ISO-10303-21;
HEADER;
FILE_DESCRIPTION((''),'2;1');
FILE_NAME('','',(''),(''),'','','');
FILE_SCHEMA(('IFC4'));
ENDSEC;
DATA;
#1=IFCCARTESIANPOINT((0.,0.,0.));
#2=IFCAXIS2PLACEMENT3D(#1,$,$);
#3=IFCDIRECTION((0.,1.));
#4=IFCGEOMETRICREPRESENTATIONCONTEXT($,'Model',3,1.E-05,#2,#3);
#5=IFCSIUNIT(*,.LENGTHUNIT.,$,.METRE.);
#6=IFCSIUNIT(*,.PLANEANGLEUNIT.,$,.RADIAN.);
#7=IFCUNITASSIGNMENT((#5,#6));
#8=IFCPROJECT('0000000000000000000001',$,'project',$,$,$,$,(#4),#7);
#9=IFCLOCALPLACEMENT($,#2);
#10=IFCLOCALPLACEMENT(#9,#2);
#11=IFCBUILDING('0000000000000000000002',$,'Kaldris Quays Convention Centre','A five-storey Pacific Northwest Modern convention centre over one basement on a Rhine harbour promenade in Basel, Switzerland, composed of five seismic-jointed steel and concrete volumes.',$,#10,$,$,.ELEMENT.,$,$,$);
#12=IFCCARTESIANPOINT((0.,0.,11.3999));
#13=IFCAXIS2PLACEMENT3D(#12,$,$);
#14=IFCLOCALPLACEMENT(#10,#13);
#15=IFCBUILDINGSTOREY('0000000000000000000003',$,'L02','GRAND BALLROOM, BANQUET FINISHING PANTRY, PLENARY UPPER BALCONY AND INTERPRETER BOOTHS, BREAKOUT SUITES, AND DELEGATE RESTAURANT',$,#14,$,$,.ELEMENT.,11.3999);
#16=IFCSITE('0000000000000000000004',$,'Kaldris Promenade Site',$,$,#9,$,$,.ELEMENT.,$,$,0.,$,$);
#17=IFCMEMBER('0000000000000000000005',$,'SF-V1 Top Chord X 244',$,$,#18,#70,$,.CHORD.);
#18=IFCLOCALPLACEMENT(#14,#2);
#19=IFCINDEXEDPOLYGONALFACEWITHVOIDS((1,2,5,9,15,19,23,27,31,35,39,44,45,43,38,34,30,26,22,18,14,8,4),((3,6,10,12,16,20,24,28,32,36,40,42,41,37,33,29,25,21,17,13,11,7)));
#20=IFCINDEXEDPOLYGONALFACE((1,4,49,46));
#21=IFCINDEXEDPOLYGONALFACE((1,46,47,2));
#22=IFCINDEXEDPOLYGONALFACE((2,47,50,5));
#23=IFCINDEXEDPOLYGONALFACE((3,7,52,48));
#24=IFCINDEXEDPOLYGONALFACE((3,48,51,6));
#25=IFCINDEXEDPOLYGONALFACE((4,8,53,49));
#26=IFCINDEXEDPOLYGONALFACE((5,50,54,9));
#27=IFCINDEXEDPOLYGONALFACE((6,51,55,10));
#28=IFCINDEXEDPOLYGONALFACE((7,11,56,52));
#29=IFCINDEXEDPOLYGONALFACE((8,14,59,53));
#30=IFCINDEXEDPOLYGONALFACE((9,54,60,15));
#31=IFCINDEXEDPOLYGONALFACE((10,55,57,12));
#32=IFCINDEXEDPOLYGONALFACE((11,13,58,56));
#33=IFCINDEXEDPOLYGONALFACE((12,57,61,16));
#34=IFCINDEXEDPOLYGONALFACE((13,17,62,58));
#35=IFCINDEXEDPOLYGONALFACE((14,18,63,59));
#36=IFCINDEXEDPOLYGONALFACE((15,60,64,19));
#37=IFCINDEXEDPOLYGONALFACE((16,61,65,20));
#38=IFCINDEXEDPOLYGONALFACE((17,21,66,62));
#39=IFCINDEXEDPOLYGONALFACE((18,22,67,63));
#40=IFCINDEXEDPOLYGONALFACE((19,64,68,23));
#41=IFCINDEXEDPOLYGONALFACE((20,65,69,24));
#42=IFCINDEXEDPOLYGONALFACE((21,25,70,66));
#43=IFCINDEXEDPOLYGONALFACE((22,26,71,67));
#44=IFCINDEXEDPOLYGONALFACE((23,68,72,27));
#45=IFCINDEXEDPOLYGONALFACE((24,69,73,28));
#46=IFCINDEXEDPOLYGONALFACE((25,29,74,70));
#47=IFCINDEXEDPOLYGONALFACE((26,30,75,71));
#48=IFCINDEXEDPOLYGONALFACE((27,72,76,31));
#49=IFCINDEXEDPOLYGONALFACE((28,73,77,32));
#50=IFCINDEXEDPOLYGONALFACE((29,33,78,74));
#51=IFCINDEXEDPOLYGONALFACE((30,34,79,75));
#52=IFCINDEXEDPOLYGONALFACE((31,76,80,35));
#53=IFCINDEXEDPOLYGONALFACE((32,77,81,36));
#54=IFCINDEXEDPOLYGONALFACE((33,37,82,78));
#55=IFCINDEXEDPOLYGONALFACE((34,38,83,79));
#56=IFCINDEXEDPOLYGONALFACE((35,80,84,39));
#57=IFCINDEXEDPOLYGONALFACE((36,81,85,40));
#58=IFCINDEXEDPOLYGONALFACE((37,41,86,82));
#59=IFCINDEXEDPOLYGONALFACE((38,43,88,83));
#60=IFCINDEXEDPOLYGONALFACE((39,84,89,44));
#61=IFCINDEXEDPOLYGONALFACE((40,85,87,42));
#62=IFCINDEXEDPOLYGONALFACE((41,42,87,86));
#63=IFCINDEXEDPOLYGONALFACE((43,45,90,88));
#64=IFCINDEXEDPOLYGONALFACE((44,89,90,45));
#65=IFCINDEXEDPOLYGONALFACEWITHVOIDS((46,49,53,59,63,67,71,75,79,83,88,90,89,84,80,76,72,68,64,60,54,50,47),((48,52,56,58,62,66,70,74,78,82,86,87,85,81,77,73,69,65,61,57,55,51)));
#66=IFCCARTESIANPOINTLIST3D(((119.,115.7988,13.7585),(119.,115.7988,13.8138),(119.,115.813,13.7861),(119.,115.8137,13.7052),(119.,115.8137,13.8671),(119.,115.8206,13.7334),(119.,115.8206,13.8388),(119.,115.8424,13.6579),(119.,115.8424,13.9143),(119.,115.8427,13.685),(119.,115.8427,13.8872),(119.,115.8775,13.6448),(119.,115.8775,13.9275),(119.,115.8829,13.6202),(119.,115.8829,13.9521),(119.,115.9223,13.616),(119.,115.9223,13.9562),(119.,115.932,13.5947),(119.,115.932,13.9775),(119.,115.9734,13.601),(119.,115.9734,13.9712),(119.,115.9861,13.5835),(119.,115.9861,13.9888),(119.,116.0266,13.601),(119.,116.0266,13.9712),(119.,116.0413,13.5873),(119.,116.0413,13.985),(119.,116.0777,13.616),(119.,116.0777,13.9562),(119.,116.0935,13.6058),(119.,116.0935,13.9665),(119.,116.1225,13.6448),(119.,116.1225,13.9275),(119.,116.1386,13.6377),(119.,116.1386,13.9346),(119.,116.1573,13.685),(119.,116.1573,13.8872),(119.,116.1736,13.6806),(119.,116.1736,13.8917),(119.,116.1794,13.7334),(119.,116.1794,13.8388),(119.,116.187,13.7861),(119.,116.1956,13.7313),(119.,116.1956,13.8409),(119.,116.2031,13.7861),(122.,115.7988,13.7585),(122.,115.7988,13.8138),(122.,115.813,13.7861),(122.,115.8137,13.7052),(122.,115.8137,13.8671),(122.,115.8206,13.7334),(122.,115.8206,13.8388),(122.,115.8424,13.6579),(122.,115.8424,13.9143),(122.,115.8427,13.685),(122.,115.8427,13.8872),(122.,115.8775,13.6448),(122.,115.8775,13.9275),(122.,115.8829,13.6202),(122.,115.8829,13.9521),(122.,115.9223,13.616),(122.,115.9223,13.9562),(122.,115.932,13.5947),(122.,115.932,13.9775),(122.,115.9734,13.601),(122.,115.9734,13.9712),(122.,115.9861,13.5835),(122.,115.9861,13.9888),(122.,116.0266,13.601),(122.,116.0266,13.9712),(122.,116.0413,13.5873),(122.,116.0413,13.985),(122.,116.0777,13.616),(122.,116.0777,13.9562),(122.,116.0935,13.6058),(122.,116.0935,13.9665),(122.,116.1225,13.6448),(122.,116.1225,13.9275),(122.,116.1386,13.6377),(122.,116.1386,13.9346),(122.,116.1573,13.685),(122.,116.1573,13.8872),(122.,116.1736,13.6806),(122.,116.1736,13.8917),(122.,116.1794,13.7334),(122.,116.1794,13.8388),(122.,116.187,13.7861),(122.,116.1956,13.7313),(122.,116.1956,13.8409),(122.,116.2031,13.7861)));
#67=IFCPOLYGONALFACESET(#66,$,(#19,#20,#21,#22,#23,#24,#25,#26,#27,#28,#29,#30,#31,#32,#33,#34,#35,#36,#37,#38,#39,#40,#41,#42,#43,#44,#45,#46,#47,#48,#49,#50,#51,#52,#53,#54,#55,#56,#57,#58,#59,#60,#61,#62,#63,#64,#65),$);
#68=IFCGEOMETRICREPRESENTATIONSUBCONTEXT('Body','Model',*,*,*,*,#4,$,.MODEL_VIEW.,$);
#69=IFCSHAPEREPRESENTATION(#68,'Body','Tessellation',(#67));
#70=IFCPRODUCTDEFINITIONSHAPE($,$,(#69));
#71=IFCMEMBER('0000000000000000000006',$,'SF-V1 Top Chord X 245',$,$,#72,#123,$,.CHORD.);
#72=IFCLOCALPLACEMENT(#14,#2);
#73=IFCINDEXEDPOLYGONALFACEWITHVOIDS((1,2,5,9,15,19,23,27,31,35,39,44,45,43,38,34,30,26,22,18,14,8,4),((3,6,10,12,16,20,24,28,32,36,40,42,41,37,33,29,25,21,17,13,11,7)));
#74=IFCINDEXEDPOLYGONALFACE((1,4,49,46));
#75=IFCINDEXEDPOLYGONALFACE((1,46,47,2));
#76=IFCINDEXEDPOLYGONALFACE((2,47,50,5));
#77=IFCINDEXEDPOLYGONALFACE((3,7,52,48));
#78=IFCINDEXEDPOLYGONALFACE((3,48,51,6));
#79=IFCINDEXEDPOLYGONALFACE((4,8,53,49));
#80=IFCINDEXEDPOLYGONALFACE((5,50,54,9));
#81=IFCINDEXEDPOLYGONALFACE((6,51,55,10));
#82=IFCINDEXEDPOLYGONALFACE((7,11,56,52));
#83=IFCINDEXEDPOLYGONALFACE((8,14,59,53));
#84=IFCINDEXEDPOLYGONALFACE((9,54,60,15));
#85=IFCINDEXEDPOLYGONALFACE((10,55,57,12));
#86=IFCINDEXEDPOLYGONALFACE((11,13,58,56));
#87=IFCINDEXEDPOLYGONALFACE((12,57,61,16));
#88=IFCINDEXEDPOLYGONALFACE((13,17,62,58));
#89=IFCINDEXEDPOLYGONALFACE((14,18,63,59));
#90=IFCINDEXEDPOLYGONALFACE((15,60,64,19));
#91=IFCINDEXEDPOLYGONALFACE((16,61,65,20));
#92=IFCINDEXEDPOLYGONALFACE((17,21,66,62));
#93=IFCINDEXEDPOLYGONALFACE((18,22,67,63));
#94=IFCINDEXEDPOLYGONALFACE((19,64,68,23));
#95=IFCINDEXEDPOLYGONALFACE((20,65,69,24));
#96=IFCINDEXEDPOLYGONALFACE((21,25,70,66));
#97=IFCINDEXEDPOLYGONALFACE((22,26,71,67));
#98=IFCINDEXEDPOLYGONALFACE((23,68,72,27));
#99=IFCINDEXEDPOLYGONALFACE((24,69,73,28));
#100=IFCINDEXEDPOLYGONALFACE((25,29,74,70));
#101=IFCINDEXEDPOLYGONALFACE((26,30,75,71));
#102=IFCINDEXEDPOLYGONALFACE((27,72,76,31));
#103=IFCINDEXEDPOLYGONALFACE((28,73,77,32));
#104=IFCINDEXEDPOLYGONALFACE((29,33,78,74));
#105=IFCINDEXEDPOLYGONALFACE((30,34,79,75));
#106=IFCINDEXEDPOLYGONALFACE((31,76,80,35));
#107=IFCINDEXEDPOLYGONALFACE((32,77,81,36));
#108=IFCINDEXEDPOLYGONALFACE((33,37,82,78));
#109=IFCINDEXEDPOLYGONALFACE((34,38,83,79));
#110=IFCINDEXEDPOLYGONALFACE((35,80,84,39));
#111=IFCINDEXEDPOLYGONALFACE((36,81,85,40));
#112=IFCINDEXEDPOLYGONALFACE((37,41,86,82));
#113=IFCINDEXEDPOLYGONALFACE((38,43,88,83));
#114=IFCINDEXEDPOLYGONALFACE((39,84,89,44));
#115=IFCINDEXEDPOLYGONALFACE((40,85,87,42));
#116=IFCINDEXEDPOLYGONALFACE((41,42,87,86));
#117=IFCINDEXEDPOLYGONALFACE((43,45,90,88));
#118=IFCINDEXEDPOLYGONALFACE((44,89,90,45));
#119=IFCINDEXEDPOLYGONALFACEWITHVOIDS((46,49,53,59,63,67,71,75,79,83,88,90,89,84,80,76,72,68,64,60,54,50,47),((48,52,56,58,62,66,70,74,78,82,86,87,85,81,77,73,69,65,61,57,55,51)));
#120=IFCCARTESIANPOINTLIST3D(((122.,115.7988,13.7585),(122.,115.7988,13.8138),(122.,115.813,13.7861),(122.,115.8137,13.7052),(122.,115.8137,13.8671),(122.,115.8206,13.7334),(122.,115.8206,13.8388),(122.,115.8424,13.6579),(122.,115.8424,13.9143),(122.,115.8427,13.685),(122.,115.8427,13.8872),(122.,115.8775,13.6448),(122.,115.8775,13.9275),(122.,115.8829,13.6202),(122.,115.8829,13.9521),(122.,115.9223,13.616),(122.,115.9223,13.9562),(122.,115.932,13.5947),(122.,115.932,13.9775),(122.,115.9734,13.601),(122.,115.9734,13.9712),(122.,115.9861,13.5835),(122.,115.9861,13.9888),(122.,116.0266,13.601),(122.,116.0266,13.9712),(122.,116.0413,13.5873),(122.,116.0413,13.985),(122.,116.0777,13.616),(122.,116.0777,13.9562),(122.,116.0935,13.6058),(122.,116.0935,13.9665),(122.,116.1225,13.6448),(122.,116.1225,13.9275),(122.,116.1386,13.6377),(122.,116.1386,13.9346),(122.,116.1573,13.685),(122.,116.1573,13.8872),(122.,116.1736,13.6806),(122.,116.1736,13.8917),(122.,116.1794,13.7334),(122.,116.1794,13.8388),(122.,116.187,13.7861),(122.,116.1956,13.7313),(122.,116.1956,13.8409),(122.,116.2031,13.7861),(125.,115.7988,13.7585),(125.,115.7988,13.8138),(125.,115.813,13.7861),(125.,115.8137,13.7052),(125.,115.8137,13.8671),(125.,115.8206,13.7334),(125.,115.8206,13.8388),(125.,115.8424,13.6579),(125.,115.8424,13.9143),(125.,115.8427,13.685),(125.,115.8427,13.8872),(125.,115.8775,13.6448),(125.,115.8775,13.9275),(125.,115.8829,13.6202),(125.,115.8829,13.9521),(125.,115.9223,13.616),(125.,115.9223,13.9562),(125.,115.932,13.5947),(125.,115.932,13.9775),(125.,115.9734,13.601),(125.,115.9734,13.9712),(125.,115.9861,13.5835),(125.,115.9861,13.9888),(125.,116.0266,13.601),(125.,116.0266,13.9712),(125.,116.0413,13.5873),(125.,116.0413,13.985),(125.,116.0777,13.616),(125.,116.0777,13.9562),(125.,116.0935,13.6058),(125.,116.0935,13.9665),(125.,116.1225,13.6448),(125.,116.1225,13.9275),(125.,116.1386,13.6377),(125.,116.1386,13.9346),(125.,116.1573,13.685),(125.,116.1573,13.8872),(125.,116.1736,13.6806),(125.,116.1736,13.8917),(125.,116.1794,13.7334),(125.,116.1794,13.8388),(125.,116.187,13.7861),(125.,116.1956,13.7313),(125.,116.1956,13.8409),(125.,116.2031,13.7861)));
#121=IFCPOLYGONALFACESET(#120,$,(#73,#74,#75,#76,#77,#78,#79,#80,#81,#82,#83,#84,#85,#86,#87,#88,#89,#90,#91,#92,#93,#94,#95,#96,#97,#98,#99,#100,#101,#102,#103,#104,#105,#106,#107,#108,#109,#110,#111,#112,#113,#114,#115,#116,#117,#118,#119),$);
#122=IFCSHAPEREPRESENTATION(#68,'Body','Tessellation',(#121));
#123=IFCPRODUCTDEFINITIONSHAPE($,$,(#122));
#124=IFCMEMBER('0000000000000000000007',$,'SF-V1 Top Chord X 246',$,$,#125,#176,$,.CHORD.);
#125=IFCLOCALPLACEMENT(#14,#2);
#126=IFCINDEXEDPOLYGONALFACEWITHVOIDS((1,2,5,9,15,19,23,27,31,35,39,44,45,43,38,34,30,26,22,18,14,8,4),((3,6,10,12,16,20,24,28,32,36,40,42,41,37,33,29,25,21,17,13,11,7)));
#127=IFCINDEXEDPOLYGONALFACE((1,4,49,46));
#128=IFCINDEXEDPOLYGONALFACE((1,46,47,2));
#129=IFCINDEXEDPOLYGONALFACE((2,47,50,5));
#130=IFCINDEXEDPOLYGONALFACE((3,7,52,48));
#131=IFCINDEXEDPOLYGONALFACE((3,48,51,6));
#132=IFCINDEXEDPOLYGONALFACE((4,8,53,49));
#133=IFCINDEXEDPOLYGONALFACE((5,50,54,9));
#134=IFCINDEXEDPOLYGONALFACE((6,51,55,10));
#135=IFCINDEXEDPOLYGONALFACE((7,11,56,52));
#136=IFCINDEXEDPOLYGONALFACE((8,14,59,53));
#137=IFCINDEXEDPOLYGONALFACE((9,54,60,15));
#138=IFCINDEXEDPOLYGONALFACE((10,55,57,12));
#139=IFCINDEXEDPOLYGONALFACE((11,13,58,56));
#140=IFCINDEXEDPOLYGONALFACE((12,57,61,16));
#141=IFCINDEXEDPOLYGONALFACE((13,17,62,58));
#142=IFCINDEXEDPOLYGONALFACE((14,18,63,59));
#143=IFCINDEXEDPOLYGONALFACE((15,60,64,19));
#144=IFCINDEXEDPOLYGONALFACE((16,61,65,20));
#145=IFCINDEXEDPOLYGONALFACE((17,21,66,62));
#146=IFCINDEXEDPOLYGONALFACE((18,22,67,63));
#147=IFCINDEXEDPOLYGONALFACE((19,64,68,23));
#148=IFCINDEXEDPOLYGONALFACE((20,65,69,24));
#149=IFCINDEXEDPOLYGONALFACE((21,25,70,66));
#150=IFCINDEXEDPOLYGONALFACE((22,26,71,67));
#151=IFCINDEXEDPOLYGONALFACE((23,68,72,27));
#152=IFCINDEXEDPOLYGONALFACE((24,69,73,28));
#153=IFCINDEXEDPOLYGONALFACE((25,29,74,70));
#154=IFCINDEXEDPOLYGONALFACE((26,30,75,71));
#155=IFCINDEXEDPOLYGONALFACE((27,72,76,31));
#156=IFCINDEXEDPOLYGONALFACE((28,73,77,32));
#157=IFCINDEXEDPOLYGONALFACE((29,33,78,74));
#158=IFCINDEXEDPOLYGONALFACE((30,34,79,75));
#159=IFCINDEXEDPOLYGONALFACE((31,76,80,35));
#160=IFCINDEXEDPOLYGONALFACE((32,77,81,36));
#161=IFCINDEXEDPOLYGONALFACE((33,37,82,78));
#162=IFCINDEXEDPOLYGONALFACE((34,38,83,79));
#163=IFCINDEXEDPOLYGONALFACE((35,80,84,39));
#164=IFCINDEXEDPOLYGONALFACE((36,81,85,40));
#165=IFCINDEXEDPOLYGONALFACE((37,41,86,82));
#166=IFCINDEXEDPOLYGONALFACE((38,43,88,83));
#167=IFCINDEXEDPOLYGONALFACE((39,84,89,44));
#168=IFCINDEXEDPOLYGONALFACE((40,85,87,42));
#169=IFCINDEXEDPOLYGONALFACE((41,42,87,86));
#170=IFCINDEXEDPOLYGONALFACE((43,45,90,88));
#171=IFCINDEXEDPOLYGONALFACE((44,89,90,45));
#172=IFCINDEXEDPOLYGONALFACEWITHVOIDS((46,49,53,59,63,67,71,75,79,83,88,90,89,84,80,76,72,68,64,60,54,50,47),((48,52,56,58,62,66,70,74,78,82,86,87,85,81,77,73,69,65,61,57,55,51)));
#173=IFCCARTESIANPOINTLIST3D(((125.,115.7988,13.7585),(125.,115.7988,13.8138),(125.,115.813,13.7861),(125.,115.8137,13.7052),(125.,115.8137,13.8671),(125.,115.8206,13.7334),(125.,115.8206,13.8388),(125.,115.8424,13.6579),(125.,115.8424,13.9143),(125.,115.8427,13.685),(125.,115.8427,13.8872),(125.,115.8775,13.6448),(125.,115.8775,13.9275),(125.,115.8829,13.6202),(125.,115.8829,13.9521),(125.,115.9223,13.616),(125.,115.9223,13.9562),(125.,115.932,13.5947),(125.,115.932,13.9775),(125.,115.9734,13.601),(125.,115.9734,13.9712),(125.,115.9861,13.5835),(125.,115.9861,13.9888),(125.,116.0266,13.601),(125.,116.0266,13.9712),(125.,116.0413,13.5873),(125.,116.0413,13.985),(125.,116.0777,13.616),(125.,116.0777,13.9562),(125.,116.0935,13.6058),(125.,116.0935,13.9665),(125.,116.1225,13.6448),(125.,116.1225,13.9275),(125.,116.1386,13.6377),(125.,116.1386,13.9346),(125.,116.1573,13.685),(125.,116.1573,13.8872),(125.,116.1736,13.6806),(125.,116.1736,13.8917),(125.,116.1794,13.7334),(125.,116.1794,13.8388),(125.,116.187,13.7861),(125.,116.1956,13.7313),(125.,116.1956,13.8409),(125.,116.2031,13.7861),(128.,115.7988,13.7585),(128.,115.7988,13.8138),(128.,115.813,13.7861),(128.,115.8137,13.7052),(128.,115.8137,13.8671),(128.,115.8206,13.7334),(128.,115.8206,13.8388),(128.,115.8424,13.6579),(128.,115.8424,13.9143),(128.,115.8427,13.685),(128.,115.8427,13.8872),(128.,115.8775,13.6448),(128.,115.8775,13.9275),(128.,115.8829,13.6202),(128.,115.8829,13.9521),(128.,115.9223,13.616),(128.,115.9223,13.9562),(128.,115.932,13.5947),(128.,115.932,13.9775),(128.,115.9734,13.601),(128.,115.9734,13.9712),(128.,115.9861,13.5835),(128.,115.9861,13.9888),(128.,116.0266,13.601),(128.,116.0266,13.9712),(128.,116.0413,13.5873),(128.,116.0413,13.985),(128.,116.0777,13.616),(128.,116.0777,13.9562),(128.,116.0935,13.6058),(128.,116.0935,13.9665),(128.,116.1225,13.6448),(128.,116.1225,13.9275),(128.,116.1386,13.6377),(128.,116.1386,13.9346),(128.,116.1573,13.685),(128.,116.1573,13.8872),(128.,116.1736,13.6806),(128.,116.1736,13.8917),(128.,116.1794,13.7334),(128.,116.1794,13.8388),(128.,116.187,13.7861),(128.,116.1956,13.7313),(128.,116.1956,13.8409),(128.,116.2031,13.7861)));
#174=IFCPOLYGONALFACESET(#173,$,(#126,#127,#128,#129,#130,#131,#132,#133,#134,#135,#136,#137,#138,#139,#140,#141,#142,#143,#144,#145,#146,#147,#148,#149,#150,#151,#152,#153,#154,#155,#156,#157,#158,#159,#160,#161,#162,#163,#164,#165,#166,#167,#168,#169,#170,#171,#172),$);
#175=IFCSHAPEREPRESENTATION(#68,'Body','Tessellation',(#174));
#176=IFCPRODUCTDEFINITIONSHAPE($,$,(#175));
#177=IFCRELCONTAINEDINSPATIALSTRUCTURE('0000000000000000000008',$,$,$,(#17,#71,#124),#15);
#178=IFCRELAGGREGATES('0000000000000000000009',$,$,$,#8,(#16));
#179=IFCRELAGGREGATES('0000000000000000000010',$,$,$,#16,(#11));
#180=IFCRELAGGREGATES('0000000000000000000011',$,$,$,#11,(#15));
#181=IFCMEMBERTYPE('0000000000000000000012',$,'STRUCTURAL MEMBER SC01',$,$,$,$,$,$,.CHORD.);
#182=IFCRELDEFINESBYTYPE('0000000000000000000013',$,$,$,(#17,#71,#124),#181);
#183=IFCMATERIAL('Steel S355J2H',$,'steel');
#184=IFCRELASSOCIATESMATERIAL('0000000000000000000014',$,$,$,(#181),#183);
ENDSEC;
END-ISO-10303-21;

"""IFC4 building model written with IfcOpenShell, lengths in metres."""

from ifc_helpers import new_model, si_unit, direction, frame, origin, origin_2d, place, context, subcontext, project, spatial, hollow_circle, extrude, material, material_profile, profile_set, type_object, element, save


model = new_model("IFC4")

# Units and contexts
model_context = context("Model", 3, precision=1e-05, world=origin(), true_north=direction((0.0, 1.0)))
body_context = subcontext(model_context, "Body", "Model", "MODEL_VIEW")
ifc_project = project(units=[si_unit("LENGTHUNIT", "METRE"), si_unit("PLANEANGLEUNIT", "RADIAN")], contexts=[model_context])

# Site, building, storey
site_placement = place(None, origin())
site = spatial("IfcSite", under=ifc_project, at=site_placement, Name="Kaldris Promenade Site", CompositionType="ELEMENT", RefElevation=0.0)
building_placement = place(site_placement, origin())
building = spatial("IfcBuilding", under=site, at=building_placement, Name="Kaldris Quays Convention Centre", Description="A five-storey Pacific Northwest Modern convention centre over one basement on a Rhine harbour promenade in Basel, Switzerland, composed of five seismic-jointed steel and concrete volumes.", CompositionType="ELEMENT")
storey_placement = place(building_placement, frame((0.0, 0.0, 11.3999)))
storey = spatial("IfcBuildingStorey", under=building, at=storey_placement, Name="L02", Description="GRAND BALLROOM, BANQUET FINISHING PANTRY, PLENARY UPPER BALCONY AND INTERPRETER BOOTHS, BREAKOUT SUITES, AND DELEGATE RESTAURANT", CompositionType="ELEMENT", Elevation=11.3999)

# Members
ifc_material_1 = material(Name="Steel S355J2H", Category="steel")
ifc_material_profile_1 = material_profile(ifc_material_1, hollow_circle(Radius=0.2031, WallThickness=0.0161, at=origin_2d()), Name="CHS 406.4x16")
ifc_profile_set_1 = profile_set([ifc_material_profile_1], Name="Steel S355J2H")
member_type_1 = type_object("IfcMemberType", Name="STRUCTURAL MEMBER SC01", PredefinedType="CHORD", material=ifc_profile_set_1)
for number, where, z_axis, x_axis, name in (
    (1, (119.0, 116.0, 13.7861), (1.0, 0.0, 0.0), (0.0, 1.0, 0.0), "SF-V1 Top Chord X 244"),
    (2, (122.0, 116.0, 13.7861), (1.0, 0.0, 0.0), (0.0, 1.0, 0.0), "SF-V1 Top Chord X 245"),
    (3, (125.0, 116.0, 13.7861), (1.0, 0.0, 0.0), (0.0, 1.0, 0.0), "SF-V1 Top Chord X 246"),
):
    element("IfcMember", number, at=place(storey_placement, frame(where, z_axis=z_axis, x_axis=x_axis)), inside=storey, type_object=member_type_1, Name=name, PredefinedType="CHORD", context=body_context, shape_type="SweptSolid", body=[
        extrude(hollow_circle(Radius=0.2031, WallThickness=0.0161, at=origin_2d()), origin(), (0.0, 0.0, 1.0), 3.0),
    ])

save(model, "model.ifc")
